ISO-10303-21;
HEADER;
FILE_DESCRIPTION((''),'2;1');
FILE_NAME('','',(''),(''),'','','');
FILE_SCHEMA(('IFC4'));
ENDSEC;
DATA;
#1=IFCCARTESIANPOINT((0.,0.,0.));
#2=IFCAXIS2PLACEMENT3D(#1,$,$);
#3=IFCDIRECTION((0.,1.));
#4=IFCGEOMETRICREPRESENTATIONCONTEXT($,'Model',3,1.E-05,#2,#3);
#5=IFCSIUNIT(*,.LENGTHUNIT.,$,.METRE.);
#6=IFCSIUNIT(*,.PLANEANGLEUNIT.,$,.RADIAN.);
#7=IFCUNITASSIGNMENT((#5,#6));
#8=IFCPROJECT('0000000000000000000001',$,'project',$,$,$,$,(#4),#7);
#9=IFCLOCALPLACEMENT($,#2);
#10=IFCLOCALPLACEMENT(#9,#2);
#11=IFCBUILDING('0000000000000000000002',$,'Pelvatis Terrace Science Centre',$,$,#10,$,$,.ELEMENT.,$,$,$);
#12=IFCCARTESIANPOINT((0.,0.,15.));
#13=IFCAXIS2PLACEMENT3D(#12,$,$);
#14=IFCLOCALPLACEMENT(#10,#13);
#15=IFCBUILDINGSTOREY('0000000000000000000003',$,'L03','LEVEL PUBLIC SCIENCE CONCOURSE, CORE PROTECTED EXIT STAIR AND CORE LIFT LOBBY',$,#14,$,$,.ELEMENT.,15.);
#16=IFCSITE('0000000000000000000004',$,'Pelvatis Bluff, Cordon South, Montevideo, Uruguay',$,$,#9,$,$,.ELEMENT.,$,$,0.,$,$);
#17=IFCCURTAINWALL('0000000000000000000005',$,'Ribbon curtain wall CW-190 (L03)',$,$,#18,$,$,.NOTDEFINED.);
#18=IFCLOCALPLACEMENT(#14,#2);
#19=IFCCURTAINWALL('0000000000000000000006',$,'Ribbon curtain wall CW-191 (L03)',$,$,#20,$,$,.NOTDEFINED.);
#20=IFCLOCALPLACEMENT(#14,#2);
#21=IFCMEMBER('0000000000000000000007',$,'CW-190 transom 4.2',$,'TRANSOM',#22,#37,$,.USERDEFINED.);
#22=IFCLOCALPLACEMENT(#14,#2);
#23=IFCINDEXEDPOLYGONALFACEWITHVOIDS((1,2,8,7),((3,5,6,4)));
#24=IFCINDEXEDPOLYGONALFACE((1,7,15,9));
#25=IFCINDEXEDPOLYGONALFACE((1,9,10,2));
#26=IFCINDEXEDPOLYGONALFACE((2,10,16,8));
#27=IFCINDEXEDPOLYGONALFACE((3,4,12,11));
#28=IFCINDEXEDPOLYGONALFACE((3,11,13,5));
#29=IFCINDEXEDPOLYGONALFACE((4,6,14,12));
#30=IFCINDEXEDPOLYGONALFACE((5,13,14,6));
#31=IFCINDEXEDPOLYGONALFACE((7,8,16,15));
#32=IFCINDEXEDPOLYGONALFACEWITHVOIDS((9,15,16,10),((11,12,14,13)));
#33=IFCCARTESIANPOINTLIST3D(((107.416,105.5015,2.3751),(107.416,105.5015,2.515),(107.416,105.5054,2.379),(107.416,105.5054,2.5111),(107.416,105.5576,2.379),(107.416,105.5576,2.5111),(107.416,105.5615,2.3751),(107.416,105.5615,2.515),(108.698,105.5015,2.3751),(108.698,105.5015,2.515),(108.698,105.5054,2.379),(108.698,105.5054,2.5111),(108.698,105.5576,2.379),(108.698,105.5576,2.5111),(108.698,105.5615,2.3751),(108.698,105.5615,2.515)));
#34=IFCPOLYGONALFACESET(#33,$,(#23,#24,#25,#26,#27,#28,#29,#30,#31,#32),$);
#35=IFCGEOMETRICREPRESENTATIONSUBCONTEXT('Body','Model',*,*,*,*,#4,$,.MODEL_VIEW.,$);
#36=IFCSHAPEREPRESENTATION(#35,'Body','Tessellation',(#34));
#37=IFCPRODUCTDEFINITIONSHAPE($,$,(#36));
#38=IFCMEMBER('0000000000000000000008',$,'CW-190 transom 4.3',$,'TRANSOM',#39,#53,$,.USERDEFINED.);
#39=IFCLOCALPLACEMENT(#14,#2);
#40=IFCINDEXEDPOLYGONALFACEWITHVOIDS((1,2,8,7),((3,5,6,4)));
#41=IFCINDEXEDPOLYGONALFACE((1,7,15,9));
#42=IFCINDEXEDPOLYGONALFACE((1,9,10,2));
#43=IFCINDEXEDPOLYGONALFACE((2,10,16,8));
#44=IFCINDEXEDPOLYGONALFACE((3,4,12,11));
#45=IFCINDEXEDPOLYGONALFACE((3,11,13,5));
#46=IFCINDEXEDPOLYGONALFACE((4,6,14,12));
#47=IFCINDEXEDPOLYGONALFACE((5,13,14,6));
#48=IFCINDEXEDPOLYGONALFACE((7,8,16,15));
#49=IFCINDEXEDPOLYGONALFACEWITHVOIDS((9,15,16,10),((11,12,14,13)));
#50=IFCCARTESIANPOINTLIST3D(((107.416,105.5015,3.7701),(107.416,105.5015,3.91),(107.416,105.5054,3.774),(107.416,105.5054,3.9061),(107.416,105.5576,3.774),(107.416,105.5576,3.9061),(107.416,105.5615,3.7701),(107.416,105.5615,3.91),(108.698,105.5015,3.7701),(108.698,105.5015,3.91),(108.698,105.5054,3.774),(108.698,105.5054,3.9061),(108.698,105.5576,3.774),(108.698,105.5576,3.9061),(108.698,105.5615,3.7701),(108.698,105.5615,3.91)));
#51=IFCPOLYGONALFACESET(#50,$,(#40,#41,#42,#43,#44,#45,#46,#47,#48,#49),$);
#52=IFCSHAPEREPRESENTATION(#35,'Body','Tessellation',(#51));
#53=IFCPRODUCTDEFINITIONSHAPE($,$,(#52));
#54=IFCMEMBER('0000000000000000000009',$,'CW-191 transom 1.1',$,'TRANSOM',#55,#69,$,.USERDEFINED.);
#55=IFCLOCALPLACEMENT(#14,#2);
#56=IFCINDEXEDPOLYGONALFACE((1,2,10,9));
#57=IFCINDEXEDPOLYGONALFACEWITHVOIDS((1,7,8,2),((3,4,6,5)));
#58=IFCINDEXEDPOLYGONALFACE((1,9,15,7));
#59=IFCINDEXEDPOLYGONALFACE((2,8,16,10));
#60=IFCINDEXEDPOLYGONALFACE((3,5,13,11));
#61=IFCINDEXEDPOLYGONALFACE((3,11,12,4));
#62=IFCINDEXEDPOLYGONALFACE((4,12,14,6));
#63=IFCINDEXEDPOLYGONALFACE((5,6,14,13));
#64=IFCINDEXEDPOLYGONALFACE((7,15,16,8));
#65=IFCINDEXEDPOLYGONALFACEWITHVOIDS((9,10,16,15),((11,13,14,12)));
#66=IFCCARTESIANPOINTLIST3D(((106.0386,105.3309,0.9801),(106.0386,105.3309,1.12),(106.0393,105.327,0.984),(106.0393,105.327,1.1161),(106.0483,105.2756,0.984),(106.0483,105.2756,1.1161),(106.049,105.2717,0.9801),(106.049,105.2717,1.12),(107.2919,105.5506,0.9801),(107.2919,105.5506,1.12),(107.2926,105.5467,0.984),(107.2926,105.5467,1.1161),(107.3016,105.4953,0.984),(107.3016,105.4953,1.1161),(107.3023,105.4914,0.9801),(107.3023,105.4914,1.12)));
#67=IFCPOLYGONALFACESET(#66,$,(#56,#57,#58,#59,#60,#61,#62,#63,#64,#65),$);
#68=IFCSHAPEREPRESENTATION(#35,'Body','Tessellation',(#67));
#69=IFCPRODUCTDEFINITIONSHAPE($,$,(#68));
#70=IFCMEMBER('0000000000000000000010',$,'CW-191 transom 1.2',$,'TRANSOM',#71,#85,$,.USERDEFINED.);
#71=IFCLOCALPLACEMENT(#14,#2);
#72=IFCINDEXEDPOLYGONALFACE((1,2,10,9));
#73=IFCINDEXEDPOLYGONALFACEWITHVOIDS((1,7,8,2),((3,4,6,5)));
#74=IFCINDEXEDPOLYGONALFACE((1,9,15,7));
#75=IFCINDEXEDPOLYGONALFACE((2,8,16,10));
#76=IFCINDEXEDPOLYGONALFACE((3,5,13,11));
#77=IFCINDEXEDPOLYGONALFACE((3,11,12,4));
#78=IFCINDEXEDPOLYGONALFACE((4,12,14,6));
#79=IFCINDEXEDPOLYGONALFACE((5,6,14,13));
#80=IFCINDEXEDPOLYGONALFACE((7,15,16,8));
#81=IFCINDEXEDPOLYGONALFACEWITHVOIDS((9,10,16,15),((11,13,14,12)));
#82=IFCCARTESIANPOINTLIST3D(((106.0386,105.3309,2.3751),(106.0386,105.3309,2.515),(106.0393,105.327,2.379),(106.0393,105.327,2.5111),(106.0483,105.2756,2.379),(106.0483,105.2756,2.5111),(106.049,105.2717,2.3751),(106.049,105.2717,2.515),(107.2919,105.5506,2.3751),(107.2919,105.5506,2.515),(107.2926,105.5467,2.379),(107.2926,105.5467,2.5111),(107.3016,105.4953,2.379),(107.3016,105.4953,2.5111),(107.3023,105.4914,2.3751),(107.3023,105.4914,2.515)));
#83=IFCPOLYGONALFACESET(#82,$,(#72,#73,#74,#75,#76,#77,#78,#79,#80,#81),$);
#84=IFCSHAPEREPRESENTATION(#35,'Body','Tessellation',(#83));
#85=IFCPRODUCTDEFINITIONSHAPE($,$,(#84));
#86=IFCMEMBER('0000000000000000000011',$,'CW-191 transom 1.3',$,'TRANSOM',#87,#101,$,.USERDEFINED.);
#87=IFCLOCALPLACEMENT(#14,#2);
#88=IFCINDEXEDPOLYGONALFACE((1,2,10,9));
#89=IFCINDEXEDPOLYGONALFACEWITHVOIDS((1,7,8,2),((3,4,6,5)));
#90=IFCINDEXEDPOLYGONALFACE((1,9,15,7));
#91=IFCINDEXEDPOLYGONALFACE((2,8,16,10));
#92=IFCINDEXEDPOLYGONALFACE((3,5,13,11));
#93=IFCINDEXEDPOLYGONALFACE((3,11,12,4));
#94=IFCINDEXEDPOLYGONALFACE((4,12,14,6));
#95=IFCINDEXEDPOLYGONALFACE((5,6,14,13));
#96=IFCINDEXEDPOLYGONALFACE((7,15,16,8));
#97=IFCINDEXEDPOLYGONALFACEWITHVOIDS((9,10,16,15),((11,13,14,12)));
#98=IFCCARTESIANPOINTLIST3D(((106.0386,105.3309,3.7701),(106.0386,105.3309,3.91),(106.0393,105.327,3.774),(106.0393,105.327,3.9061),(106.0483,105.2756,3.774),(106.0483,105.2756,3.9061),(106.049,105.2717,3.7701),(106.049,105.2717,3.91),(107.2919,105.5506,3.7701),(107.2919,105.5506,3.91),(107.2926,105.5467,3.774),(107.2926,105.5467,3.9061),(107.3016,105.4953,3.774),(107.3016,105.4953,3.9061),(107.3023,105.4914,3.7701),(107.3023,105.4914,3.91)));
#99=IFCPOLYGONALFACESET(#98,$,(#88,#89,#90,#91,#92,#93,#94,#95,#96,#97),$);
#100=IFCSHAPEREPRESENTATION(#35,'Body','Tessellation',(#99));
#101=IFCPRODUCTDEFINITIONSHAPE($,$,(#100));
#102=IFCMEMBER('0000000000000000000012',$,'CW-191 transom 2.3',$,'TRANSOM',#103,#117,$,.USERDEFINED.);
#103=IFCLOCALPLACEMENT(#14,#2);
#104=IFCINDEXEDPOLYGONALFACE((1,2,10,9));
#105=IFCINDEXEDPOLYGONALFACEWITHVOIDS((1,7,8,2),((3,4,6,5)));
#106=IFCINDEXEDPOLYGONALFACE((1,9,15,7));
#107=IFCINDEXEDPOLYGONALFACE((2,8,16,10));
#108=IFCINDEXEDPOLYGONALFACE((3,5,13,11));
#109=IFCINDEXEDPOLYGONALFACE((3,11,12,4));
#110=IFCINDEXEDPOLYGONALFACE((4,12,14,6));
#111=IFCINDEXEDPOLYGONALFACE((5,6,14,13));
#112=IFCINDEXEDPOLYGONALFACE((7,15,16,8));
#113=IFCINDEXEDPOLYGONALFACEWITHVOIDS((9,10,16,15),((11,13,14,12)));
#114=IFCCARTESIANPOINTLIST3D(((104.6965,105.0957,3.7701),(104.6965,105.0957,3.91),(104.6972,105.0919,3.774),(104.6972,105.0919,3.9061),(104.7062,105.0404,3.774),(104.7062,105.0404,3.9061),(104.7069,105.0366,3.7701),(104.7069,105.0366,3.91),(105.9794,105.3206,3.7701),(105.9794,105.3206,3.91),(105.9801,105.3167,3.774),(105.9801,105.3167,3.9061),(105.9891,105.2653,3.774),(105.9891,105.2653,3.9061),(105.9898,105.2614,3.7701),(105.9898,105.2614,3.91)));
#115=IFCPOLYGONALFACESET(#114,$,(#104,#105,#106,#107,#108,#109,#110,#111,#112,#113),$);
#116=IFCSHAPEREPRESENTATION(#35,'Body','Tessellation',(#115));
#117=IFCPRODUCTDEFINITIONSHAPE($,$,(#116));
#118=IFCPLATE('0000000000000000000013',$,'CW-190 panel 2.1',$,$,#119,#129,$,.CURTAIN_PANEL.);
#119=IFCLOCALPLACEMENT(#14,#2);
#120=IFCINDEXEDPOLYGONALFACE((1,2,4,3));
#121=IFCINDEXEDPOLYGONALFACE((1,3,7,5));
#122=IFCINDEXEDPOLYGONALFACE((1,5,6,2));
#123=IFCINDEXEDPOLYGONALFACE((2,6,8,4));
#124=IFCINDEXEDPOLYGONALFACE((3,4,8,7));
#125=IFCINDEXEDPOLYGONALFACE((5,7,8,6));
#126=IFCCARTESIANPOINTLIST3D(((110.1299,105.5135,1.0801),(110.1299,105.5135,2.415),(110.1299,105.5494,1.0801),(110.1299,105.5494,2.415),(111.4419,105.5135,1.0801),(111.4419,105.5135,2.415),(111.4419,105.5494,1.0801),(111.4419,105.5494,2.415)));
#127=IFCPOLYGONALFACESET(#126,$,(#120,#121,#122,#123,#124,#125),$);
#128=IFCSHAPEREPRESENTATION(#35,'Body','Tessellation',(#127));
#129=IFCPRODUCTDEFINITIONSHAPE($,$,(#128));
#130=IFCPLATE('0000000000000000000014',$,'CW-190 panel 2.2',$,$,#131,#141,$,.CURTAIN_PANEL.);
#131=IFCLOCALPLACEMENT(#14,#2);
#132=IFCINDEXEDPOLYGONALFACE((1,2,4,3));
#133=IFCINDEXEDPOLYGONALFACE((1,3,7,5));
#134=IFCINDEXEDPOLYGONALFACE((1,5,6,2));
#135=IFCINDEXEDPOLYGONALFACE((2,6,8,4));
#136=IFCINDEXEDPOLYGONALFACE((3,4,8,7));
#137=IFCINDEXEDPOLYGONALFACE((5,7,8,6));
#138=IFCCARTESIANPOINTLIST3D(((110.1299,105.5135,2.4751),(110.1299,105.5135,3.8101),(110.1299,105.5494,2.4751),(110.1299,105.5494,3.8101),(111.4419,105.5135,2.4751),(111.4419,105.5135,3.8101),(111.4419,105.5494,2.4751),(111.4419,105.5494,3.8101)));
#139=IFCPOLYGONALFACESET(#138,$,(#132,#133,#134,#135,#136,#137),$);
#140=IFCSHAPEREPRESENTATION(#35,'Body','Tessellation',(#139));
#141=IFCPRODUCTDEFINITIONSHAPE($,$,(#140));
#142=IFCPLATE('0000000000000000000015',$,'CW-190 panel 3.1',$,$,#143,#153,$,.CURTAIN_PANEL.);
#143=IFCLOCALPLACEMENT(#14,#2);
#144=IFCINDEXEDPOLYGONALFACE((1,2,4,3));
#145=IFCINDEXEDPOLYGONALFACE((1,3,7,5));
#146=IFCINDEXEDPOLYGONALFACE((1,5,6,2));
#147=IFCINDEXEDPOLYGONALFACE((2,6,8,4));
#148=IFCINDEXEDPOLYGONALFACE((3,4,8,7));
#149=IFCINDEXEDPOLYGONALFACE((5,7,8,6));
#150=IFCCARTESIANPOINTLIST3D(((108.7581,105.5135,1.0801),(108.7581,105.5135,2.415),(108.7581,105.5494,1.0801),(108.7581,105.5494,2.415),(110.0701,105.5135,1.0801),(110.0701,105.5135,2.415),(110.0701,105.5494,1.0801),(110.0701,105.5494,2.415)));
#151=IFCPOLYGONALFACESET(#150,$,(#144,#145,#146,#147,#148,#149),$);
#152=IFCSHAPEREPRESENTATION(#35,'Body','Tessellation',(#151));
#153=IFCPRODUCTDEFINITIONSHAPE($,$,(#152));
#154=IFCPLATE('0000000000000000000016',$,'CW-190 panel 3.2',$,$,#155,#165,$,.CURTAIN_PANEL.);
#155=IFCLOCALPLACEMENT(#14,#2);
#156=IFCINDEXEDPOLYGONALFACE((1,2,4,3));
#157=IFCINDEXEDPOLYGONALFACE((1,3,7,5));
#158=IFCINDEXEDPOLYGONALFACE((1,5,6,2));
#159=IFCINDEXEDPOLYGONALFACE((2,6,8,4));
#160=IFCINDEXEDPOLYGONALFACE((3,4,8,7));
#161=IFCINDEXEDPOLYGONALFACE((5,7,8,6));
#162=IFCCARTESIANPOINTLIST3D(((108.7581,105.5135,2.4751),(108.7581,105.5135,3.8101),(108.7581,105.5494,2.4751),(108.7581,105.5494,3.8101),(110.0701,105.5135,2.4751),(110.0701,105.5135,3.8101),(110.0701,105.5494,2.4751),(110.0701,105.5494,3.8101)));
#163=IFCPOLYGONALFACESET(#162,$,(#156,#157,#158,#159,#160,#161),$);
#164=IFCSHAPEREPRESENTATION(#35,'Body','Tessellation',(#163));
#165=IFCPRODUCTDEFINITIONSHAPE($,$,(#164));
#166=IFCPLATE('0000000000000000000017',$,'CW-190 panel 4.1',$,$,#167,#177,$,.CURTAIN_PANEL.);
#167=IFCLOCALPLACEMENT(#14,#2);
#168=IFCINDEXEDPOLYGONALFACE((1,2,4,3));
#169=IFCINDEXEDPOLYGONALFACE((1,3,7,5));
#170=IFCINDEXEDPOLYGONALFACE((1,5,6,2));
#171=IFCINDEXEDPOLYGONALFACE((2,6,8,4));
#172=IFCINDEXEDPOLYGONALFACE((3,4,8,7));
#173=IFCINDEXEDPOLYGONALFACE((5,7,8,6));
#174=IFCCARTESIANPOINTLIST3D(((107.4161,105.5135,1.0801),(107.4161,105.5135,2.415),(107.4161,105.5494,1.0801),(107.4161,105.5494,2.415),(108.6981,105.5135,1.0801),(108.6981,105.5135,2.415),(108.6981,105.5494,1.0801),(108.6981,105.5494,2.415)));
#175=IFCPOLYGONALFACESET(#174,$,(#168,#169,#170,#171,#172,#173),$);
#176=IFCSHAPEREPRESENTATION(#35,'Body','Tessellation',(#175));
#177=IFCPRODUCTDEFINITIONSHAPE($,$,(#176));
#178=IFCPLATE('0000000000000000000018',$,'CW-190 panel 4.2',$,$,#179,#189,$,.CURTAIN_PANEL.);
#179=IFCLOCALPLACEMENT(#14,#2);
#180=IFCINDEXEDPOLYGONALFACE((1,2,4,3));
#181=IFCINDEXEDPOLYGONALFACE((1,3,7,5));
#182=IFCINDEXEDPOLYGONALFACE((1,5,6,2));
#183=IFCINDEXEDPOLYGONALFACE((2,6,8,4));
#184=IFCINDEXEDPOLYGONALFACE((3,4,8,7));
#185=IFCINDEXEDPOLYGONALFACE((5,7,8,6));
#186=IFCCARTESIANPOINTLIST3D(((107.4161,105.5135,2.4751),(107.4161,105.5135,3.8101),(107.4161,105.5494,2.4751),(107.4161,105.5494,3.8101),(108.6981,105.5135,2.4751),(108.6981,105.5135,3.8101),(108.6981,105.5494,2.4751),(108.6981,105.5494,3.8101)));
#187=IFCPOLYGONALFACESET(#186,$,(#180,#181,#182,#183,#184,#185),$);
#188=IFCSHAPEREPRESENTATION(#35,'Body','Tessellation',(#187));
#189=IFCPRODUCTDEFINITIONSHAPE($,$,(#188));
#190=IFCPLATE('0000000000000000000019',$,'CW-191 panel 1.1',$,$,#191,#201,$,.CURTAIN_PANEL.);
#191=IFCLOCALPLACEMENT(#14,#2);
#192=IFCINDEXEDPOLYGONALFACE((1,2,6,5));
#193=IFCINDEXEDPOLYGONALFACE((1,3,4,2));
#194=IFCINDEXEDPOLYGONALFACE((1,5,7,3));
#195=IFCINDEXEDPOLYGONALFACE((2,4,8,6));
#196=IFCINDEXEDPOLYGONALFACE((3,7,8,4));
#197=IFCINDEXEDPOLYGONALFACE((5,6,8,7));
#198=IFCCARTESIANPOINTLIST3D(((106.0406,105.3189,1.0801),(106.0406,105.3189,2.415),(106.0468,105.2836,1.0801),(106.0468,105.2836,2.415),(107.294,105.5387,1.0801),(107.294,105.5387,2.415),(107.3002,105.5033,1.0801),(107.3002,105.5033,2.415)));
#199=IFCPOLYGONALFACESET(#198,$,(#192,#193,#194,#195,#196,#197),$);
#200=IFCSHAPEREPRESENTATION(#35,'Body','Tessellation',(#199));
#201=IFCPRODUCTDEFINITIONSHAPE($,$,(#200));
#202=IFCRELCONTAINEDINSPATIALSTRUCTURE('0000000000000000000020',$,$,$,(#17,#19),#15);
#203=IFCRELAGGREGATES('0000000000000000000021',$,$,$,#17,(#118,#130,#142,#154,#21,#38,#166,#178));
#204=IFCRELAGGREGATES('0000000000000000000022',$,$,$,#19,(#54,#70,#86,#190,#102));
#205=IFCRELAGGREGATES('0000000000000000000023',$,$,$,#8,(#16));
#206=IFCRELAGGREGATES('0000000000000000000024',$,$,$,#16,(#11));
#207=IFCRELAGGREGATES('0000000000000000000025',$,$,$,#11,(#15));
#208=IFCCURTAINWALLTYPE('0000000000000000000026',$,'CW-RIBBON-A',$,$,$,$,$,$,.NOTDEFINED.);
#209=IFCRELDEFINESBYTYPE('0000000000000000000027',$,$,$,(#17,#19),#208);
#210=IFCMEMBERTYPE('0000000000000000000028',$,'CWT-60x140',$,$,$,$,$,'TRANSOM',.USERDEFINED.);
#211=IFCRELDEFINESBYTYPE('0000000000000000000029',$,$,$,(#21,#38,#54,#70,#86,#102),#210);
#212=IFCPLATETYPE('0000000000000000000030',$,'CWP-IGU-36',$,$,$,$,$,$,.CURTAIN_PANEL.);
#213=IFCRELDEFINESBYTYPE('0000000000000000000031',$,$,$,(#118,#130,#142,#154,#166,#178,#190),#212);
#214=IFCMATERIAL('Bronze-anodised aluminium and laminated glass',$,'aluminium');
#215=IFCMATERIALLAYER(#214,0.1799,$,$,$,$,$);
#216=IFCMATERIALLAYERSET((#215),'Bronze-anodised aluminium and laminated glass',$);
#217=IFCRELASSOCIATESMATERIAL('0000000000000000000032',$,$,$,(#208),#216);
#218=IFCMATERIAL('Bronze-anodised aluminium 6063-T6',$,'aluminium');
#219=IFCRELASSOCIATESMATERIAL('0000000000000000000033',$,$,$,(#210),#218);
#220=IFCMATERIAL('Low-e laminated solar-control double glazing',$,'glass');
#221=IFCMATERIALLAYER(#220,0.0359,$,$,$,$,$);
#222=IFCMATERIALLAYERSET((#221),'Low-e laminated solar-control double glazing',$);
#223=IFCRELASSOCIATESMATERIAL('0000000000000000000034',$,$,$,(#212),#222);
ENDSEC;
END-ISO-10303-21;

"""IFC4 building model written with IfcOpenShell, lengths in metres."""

from ifc_helpers import new_model, si_unit, direction, frame, origin, origin_2d, place, context, subcontext, project, spatial, rectangle, hollow_rectangle, extrude, material, layer, layer_set, material_profile, profile_set, type_object, element, aggregate, save


model = new_model("IFC4")

# Units and contexts
model_context = context("Model", 3, precision=1e-05, world=origin(), true_north=direction((0.0, 1.0)))
body_context = subcontext(model_context, "Body", "Model", "MODEL_VIEW")
ifc_project = project(units=[si_unit("LENGTHUNIT", "METRE"), si_unit("PLANEANGLEUNIT", "RADIAN")], contexts=[model_context])

# Site, building, storey
site_placement = place(None, origin())
site = spatial("IfcSite", under=ifc_project, at=site_placement, Name="Pelvatis Bluff, Cordon South, Montevideo, Uruguay", CompositionType="ELEMENT", RefElevation=0.0)
building_placement = place(site_placement, origin())
building = spatial("IfcBuilding", under=site, at=building_placement, Name="Pelvatis Terrace Science Centre", CompositionType="ELEMENT")
storey_placement = place(building_placement, frame((0.0, 0.0, 15.0)))
storey = spatial("IfcBuildingStorey", under=building, at=storey_placement, Name="L03", Description="LEVEL PUBLIC SCIENCE CONCOURSE, CORE PROTECTED EXIT STAIR AND CORE LIFT LOBBY", CompositionType="ELEMENT", Elevation=15.0)

# Curtain walls
ifc_material_1 = material(Name="Bronze-anodised aluminium and laminated glass", Category="aluminium")
ifc_layer_1 = layer(ifc_material_1, 0.1799)
ifc_layer_set_1 = layer_set([ifc_layer_1], Name="Bronze-anodised aluminium and laminated glass")
curtain_wall_type = type_object("IfcCurtainWallType", Name="CW-RIBBON-A", PredefinedType="NOTDEFINED", material=ifc_layer_set_1)
curtain_wall_1_placement = place(storey_placement, origin())
curtain_wall_1 = element("IfcCurtainWall", 1, at=curtain_wall_1_placement, inside=storey, type_object=curtain_wall_type, Name="Ribbon curtain wall CW-190 (L03)", PredefinedType="NOTDEFINED")
curtain_wall_2_placement = place(storey_placement, origin())
curtain_wall_2 = element("IfcCurtainWall", 2, at=curtain_wall_2_placement, inside=storey, type_object=curtain_wall_type, Name="Ribbon curtain wall CW-191 (L03)", PredefinedType="NOTDEFINED")

# Members
ifc_material_2 = material(Name="Bronze-anodised aluminium 6063-T6", Category="aluminium")
ifc_material_profile_1 = material_profile(ifc_material_2, hollow_rectangle(XDim=0.0601, YDim=0.1399, WallThickness=0.0039, at=origin_2d()), Name="ALU-TRN 60x140")
ifc_profile_set_1 = profile_set([ifc_material_profile_1], Name="Bronze-anodised aluminium 6063-T6")
member_type_1 = type_object("IfcMemberType", Name="CWT-60x140", ElementType="TRANSOM", PredefinedType="USERDEFINED", material=ifc_profile_set_1)
member_1_placement = place(storey_placement, frame((108.698, 105.5315, 2.4451), z_axis=(-1.0, 0.0, 0.0), x_axis=(0.0, -1.0, 0.0)))
member_1 = element("IfcMember", 3, at=member_1_placement, type_object=member_type_1, Name="CW-190 transom 4.2", ObjectType="TRANSOM", PredefinedType="USERDEFINED", context=body_context, shape_type="SweptSolid", body=[
    extrude(hollow_rectangle(XDim=0.0601, YDim=0.1399, WallThickness=0.0039, at=origin_2d()), origin(), (0.0, 0.0, 1.0), 1.282),
])
member_2_placement = place(storey_placement, frame((108.698, 105.5315, 3.8401), z_axis=(-1.0, 0.0, 0.0), x_axis=(0.0, -1.0, 0.0)))
member_2 = element("IfcMember", 4, at=member_2_placement, type_object=member_type_1, Name="CW-190 transom 4.3", ObjectType="TRANSOM", PredefinedType="USERDEFINED", context=body_context, shape_type="SweptSolid", body=[
    extrude(hollow_rectangle(XDim=0.0601, YDim=0.1399, WallThickness=0.0039, at=origin_2d()), origin(), (0.0, 0.0, 1.0), 1.282),
])
member_3_placement = place(storey_placement, frame((107.2971, 105.521, 1.05), z_axis=(-0.98498, -0.172669, 0.0), x_axis=(0.172669, -0.98498, 0.0)))
member_3 = element("IfcMember", 5, at=member_3_placement, type_object=member_type_1, Name="CW-191 transom 1.1", ObjectType="TRANSOM", PredefinedType="USERDEFINED", context=body_context, shape_type="SweptSolid", body=[
    extrude(hollow_rectangle(XDim=0.0601, YDim=0.1399, WallThickness=0.0039, at=origin_2d()), origin(), (0.0, 0.0, 1.0), 1.2725),
])
member_4_placement = place(storey_placement, frame((107.2971, 105.521, 2.4451), z_axis=(-0.98498, -0.172669, 0.0), x_axis=(0.172669, -0.98498, 0.0)))
member_4 = element("IfcMember", 6, at=member_4_placement, type_object=member_type_1, Name="CW-191 transom 1.2", ObjectType="TRANSOM", PredefinedType="USERDEFINED", context=body_context, shape_type="SweptSolid", body=[
    extrude(hollow_rectangle(XDim=0.0601, YDim=0.1399, WallThickness=0.0039, at=origin_2d()), origin(), (0.0, 0.0, 1.0), 1.2725),
])
member_5_placement = place(storey_placement, frame((107.2971, 105.521, 3.8401), z_axis=(-0.98498, -0.172669, 0.0), x_axis=(0.172669, -0.98498, 0.0)))
member_5 = element("IfcMember", 7, at=member_5_placement, type_object=member_type_1, Name="CW-191 transom 1.3", ObjectType="TRANSOM", PredefinedType="USERDEFINED", context=body_context, shape_type="SweptSolid", body=[
    extrude(hollow_rectangle(XDim=0.0601, YDim=0.1399, WallThickness=0.0039, at=origin_2d()), origin(), (0.0, 0.0, 1.0), 1.2725),
])
member_6_placement = place(storey_placement, frame((105.9846, 105.291, 3.8401), z_axis=(-0.984987, -0.17263, 0.0), x_axis=(0.17263, -0.984987, 0.0)))
member_6 = element("IfcMember", 8, at=member_6_placement, type_object=member_type_1, Name="CW-191 transom 2.3", ObjectType="TRANSOM", PredefinedType="USERDEFINED", context=body_context, shape_type="SweptSolid", body=[
    extrude(hollow_rectangle(XDim=0.0601, YDim=0.1399, WallThickness=0.0039, at=origin_2d()), origin(), (0.0, 0.0, 1.0), 1.3025),
])

# Plates
ifc_material_3 = material(Name="Low-e laminated solar-control double glazing", Category="glass")
ifc_layer_2 = layer(ifc_material_3, 0.0359)
ifc_layer_set_2 = layer_set([ifc_layer_2], Name="Low-e laminated solar-control double glazing")
plate_type = type_object("IfcPlateType", Name="CWP-IGU-36", PredefinedType="CURTAIN_PANEL", material=ifc_layer_set_2)
plate_1_placement = place(storey_placement, frame((110.7859, 105.5315, 1.0801), z_axis=(0.0, 0.0, 1.0), x_axis=(-1.0, 0.0, 0.0)))
plate_1 = element("IfcPlate", 9, at=plate_1_placement, type_object=plate_type, Name="CW-190 panel 2.1", PredefinedType="CURTAIN_PANEL", context=body_context, shape_type="SweptSolid", body=[
    extrude(rectangle(XDim=1.312, YDim=0.0359, at=origin_2d()), origin(), (0.0, 0.0, 1.0), 1.335),
])
plate_2_placement = place(storey_placement, frame((110.7859, 105.5315, 2.4751), z_axis=(0.0, 0.0, 1.0), x_axis=(-1.0, 0.0, 0.0)))
plate_2 = element("IfcPlate", 10, at=plate_2_placement, type_object=plate_type, Name="CW-190 panel 2.2", PredefinedType="CURTAIN_PANEL", context=body_context, shape_type="SweptSolid", body=[
    extrude(rectangle(XDim=1.312, YDim=0.0359, at=origin_2d()), origin(), (0.0, 0.0, 1.0), 1.335),
])
plate_3_placement = place(storey_placement, frame((109.4141, 105.5315, 1.0801), z_axis=(0.0, 0.0, 1.0), x_axis=(-1.0, 0.0, 0.0)))
plate_3 = element("IfcPlate", 11, at=plate_3_placement, type_object=plate_type, Name="CW-190 panel 3.1", PredefinedType="CURTAIN_PANEL", context=body_context, shape_type="SweptSolid", body=[
    extrude(rectangle(XDim=1.312, YDim=0.0359, at=origin_2d()), origin(), (0.0, 0.0, 1.0), 1.335),
])
plate_4_placement = place(storey_placement, frame((109.4141, 105.5315, 2.4751), z_axis=(0.0, 0.0, 1.0), x_axis=(-1.0, 0.0, 0.0)))
plate_4 = element("IfcPlate", 12, at=plate_4_placement, type_object=plate_type, Name="CW-190 panel 3.2", PredefinedType="CURTAIN_PANEL", context=body_context, shape_type="SweptSolid", body=[
    extrude(rectangle(XDim=1.312, YDim=0.0359, at=origin_2d()), origin(), (0.0, 0.0, 1.0), 1.335),
])
plate_5_placement = place(storey_placement, frame((108.0571, 105.5315, 1.0801), z_axis=(0.0, 0.0, 1.0), x_axis=(-1.0, 0.0, 0.0)))
plate_5 = element("IfcPlate", 13, at=plate_5_placement, type_object=plate_type, Name="CW-190 panel 4.1", PredefinedType="CURTAIN_PANEL", context=body_context, shape_type="SweptSolid", body=[
    extrude(rectangle(XDim=1.282, YDim=0.0359, at=origin_2d()), origin(), (0.0, 0.0, 1.0), 1.335),
])
plate_6_placement = place(storey_placement, frame((108.0571, 105.5315, 2.4751), z_axis=(0.0, 0.0, 1.0), x_axis=(-1.0, 0.0, 0.0)))
plate_6 = element("IfcPlate", 14, at=plate_6_placement, type_object=plate_type, Name="CW-190 panel 4.2", PredefinedType="CURTAIN_PANEL", context=body_context, shape_type="SweptSolid", body=[
    extrude(rectangle(XDim=1.282, YDim=0.0359, at=origin_2d()), origin(), (0.0, 0.0, 1.0), 1.335),
])
aggregate(curtain_wall_1, [plate_1, plate_2, plate_3, plate_4, member_1, member_2, plate_5, plate_6])
plate_7_placement = place(storey_placement, frame((106.6704, 105.4111, 1.0801), z_axis=(0.0, 0.0, 1.0), x_axis=(-0.984979, -0.172671, 0.0)))
plate_7 = element("IfcPlate", 15, at=plate_7_placement, type_object=plate_type, Name="CW-191 panel 1.1", PredefinedType="CURTAIN_PANEL", context=body_context, shape_type="SweptSolid", body=[
    extrude(rectangle(XDim=1.2725, YDim=0.0359, at=origin_2d()), origin(), (0.0, 0.0, 1.0), 1.335),
])
aggregate(curtain_wall_2, [member_3, member_4, member_5, plate_7, member_6])

save(model, "model.ifc")
